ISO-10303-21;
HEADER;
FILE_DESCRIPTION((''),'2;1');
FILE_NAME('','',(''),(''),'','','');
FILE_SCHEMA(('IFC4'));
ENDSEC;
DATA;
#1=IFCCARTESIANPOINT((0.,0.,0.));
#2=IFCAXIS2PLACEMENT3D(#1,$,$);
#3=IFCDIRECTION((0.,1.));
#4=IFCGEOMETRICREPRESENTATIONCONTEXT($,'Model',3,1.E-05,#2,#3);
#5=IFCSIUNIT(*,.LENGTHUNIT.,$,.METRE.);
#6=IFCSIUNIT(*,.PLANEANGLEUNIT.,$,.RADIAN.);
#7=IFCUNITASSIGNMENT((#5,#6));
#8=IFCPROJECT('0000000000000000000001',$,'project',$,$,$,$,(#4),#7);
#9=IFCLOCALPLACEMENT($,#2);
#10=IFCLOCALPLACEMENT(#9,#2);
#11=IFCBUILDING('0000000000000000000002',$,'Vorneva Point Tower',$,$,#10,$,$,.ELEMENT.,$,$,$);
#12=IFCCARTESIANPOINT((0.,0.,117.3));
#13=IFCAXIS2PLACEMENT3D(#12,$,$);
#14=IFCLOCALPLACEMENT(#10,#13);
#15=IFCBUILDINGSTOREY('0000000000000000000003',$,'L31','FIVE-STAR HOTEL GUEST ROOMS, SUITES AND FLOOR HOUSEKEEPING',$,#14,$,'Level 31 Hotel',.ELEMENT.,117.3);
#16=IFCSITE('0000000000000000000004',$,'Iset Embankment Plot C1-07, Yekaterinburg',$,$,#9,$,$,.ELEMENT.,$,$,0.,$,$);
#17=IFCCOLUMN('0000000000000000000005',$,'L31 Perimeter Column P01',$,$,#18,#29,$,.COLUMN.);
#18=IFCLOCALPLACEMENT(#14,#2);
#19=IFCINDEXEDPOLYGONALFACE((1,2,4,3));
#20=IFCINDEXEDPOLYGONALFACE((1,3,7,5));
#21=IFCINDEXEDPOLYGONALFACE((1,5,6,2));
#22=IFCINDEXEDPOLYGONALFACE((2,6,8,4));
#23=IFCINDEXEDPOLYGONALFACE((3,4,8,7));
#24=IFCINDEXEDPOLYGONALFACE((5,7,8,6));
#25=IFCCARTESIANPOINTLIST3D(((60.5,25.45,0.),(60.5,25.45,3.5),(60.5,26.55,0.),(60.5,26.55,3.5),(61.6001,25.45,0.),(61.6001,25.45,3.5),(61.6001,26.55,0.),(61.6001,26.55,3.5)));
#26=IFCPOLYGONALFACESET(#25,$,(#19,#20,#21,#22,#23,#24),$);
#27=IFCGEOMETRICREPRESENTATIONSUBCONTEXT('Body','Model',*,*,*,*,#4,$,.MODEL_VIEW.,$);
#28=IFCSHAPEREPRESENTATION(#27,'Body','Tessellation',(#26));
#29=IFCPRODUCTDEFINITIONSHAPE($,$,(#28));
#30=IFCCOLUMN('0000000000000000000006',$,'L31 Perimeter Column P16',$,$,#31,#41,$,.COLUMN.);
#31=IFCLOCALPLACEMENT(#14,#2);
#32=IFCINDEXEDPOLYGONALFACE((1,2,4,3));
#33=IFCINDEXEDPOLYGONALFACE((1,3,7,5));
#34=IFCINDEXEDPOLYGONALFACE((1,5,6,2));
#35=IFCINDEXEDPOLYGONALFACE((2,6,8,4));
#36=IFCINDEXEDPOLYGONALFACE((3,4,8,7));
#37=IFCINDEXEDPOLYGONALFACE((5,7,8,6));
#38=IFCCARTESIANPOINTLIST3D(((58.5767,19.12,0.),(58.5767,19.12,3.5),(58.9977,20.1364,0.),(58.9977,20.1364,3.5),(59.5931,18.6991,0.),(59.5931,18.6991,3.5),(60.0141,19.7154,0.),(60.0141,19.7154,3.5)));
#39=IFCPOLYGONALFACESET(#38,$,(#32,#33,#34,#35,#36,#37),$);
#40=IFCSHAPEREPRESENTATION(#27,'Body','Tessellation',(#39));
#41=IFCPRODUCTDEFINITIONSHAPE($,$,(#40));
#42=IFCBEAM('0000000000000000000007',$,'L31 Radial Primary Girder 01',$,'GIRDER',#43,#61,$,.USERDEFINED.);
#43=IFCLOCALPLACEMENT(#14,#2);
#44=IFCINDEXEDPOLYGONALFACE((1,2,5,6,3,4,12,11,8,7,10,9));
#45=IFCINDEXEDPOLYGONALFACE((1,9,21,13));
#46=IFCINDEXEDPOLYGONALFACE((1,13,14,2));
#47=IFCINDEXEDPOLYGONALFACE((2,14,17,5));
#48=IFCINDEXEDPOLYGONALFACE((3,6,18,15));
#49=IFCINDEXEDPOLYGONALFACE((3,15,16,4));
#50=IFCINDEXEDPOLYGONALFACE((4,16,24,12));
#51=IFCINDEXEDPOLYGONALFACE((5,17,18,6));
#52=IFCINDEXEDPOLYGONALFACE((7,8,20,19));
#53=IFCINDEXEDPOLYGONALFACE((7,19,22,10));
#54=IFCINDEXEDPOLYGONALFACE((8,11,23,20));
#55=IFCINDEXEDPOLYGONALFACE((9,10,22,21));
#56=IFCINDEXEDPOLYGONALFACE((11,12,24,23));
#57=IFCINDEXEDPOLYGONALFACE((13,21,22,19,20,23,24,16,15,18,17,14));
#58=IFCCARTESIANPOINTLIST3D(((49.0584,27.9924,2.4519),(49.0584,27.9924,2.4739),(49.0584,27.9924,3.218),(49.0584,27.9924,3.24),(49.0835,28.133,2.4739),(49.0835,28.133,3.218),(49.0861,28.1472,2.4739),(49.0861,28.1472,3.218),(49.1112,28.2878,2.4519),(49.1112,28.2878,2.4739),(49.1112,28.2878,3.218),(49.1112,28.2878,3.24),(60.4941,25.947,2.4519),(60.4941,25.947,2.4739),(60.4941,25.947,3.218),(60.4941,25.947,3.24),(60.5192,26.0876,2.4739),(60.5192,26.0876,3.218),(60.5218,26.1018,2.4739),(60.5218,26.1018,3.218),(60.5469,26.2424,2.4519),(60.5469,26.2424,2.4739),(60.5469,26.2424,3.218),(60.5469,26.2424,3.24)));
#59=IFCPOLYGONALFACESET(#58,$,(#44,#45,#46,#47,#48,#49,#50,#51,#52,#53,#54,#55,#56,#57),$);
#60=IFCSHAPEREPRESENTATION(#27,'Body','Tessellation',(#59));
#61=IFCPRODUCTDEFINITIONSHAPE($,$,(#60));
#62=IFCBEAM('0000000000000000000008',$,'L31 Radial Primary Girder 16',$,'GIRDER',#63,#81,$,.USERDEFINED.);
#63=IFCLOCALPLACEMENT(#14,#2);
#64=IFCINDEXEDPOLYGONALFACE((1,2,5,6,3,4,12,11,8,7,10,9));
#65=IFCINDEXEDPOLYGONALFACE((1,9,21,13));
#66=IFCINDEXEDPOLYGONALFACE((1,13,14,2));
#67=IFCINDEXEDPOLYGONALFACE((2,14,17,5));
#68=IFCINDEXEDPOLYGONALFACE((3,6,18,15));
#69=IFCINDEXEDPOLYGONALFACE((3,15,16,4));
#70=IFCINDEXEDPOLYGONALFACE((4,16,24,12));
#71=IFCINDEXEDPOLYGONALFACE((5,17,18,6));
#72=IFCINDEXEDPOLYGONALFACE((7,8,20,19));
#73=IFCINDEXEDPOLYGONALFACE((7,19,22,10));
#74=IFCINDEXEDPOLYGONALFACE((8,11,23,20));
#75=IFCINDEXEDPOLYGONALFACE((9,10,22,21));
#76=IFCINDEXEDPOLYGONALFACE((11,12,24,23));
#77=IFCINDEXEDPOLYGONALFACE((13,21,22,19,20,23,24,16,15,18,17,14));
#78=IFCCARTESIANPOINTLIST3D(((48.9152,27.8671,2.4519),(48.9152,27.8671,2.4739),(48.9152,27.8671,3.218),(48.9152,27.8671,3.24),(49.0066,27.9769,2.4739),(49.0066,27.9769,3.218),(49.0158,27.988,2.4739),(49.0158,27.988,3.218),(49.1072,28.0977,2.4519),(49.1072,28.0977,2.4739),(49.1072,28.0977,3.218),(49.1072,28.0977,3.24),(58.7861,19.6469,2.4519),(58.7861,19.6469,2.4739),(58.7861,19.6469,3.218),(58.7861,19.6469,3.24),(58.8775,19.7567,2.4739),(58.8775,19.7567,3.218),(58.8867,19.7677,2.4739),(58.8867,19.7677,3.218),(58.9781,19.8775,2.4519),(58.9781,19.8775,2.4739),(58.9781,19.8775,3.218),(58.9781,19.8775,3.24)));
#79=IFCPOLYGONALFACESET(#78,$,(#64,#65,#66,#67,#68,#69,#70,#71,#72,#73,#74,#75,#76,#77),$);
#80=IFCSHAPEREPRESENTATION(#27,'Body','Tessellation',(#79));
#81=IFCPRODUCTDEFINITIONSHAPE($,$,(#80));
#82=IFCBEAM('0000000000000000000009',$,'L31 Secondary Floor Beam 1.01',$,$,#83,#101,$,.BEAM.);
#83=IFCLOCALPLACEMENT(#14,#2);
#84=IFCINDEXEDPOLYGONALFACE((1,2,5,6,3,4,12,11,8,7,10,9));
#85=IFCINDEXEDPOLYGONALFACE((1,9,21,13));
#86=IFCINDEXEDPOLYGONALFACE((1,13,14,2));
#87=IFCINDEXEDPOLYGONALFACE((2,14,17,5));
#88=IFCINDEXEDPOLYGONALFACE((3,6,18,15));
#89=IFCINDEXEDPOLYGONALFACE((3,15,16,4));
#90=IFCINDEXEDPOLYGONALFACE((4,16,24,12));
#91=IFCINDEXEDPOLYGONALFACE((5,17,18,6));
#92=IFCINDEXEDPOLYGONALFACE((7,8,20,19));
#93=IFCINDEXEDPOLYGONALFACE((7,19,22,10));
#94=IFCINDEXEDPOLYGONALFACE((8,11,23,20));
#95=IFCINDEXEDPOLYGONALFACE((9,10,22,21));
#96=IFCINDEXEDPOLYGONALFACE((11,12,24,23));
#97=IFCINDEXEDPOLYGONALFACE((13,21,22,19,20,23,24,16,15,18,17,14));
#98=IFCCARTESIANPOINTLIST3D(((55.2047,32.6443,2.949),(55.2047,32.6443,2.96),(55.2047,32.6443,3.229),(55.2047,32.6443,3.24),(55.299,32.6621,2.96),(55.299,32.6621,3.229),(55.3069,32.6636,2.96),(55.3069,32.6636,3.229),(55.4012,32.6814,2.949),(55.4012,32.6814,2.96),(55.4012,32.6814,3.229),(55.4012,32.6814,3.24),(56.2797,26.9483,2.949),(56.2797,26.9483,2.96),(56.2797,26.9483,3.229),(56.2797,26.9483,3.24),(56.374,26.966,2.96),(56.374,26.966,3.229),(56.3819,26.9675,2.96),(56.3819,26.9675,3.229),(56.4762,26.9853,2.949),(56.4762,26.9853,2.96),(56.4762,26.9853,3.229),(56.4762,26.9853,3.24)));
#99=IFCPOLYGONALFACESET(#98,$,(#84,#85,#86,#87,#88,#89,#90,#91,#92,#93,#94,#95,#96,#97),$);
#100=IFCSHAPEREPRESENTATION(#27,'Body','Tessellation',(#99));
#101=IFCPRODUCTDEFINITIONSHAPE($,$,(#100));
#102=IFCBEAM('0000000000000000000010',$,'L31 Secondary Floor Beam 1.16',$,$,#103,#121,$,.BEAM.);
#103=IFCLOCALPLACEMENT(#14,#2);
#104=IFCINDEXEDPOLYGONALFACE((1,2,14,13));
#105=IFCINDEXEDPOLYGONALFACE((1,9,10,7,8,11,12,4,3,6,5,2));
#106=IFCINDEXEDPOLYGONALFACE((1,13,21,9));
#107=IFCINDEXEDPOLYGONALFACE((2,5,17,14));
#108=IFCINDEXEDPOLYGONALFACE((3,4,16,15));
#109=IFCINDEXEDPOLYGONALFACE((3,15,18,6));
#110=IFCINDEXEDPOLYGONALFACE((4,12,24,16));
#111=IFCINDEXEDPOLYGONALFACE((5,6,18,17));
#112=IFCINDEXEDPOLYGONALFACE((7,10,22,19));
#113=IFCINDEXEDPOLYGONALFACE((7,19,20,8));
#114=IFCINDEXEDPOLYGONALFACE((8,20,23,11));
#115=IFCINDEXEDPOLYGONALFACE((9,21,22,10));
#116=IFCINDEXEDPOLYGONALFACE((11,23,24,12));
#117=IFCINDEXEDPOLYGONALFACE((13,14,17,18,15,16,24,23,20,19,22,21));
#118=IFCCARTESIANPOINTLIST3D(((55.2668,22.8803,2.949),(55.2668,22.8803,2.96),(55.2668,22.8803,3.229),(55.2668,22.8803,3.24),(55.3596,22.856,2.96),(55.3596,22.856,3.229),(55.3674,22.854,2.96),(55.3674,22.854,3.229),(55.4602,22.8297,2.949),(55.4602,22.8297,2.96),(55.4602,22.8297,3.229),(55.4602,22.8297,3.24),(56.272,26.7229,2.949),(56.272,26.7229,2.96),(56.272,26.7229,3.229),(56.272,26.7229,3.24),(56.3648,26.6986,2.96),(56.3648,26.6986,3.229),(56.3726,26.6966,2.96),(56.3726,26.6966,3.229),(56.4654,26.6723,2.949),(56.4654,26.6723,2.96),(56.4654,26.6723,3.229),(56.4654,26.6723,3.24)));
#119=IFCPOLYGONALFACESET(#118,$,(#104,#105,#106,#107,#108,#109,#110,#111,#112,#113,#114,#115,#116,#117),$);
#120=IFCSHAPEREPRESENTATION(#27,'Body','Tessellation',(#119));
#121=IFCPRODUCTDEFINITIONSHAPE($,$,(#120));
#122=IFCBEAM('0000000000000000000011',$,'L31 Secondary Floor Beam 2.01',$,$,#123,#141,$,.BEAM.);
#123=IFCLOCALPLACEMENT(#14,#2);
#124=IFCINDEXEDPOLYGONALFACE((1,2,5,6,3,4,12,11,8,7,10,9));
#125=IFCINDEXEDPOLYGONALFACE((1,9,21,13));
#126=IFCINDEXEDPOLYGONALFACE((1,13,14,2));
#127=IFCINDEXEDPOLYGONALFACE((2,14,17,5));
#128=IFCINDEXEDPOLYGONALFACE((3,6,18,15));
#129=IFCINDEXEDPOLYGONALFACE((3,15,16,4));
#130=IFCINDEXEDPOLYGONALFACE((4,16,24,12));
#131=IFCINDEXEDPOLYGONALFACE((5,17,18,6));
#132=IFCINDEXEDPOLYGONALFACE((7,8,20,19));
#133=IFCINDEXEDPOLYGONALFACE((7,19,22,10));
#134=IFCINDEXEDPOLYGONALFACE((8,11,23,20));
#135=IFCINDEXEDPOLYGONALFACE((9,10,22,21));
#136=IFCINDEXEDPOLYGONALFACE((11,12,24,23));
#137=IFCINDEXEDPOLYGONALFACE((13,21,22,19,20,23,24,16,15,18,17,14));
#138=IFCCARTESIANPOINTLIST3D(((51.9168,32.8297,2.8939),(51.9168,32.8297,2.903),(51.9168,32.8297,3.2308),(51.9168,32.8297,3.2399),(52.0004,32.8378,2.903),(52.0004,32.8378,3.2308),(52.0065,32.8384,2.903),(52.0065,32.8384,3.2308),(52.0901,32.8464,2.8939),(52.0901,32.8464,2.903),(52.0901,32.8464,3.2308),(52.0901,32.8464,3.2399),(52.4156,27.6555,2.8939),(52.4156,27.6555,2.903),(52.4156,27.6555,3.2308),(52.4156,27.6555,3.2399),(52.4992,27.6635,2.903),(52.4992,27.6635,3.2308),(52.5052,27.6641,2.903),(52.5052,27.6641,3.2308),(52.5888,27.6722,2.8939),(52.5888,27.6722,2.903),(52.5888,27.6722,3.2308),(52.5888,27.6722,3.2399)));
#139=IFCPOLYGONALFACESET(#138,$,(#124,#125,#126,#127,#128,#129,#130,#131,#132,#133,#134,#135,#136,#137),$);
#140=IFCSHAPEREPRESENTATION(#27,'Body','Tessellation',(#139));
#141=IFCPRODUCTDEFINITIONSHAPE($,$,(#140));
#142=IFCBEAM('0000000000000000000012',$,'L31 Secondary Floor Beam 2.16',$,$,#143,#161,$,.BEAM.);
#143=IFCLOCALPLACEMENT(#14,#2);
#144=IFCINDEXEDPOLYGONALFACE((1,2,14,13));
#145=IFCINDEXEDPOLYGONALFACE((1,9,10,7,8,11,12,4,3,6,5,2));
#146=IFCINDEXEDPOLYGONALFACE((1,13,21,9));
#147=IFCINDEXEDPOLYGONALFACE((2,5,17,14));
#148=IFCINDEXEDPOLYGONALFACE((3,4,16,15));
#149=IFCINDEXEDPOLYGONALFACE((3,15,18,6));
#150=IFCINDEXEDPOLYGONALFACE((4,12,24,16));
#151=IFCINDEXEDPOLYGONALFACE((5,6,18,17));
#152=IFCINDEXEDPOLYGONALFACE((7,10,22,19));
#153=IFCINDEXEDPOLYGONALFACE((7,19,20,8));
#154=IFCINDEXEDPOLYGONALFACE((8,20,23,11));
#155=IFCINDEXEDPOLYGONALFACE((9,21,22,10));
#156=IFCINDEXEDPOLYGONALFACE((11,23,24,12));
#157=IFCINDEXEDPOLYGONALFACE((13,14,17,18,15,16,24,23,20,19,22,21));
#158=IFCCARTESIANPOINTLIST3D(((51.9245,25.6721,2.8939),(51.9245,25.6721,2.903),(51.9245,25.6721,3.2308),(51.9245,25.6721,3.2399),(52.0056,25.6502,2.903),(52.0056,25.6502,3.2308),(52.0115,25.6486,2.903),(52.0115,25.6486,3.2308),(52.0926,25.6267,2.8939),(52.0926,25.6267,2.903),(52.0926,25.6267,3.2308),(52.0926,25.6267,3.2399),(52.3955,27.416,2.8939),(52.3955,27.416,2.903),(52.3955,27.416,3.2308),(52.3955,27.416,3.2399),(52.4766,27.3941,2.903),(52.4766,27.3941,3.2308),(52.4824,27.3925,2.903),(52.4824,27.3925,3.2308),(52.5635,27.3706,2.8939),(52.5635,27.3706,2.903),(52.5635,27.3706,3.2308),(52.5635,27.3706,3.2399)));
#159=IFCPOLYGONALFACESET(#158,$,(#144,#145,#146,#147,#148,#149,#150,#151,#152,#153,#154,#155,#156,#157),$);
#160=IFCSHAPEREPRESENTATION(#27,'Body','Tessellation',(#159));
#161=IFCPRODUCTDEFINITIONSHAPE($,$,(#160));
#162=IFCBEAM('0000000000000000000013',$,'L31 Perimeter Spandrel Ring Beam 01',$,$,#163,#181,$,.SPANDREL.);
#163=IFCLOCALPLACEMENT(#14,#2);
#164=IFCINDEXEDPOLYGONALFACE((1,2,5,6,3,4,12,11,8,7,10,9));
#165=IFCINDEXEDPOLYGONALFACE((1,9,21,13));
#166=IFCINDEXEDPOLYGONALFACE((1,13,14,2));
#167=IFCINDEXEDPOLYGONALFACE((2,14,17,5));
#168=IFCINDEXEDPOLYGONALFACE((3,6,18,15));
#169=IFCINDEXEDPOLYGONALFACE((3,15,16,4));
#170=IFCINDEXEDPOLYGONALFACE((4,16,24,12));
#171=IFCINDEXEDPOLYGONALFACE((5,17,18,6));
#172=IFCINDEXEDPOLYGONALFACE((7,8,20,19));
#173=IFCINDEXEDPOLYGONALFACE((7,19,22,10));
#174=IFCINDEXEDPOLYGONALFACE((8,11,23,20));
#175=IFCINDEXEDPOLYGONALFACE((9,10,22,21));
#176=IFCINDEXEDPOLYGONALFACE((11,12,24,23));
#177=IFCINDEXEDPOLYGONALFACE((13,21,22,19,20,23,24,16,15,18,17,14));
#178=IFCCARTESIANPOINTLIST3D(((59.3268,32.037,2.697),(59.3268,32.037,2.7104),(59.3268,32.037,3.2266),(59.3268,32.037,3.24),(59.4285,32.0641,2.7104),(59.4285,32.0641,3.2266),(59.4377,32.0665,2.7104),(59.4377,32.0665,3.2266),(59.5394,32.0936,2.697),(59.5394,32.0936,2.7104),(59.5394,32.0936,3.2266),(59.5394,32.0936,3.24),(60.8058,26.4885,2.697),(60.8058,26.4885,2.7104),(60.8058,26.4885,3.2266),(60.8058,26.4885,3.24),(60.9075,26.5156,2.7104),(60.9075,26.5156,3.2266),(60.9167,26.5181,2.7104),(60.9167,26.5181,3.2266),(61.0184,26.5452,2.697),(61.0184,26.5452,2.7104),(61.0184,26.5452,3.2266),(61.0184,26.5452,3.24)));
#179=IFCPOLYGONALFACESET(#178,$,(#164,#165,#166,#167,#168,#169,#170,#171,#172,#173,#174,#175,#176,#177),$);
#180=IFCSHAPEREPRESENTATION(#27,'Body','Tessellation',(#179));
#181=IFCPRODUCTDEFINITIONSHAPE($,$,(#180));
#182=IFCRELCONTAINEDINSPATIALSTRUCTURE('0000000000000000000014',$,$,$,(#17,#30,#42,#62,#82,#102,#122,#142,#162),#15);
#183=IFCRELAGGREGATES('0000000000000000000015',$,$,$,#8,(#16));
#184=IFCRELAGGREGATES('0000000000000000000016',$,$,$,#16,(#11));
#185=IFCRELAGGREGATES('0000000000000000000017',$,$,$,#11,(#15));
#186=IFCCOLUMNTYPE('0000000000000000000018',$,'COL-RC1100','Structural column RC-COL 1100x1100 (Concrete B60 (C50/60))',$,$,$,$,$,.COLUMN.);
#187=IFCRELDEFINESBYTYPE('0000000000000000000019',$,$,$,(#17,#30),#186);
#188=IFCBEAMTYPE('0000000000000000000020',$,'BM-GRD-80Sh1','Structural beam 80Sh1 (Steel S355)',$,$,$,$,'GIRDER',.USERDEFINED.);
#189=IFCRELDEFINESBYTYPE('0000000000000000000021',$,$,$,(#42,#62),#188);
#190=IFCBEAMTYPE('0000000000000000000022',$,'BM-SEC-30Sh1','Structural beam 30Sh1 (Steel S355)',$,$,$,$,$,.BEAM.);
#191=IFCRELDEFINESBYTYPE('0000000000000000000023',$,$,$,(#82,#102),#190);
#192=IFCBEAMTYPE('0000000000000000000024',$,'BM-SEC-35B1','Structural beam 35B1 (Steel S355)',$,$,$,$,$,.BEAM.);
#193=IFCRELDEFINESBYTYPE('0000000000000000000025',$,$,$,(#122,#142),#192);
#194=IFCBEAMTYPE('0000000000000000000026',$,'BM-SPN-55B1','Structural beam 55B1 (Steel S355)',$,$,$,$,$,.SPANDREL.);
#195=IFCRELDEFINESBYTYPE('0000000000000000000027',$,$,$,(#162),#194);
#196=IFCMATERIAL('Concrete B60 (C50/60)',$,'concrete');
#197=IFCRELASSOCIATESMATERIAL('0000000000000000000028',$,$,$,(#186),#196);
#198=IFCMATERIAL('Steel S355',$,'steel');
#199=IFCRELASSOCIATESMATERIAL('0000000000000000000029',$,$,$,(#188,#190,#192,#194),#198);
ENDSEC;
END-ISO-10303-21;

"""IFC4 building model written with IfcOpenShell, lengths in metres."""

from ifc_helpers import new_model, si_unit, direction, frame, origin, origin_2d, place, context, subcontext, project, spatial, rectangle, i_section, extrude, material, material_profile, profile_set, type_object, element, save


model = new_model("IFC4")

# Units and contexts
model_context = context("Model", 3, precision=1e-05, world=origin(), true_north=direction((0.0, 1.0)))
body_context = subcontext(model_context, "Body", "Model", "MODEL_VIEW")
ifc_project = project(units=[si_unit("LENGTHUNIT", "METRE"), si_unit("PLANEANGLEUNIT", "RADIAN")], contexts=[model_context])

# Site, building, storey
site_placement = place(None, origin())
site = spatial("IfcSite", under=ifc_project, at=site_placement, Name="Iset Embankment Plot C1-07, Yekaterinburg", CompositionType="ELEMENT", RefElevation=0.0)
building_placement = place(site_placement, origin())
building = spatial("IfcBuilding", under=site, at=building_placement, Name="Vorneva Point Tower", CompositionType="ELEMENT")
storey_placement = place(building_placement, frame((0.0, 0.0, 117.3)))
storey = spatial("IfcBuildingStorey", under=building, at=storey_placement, Name="L31", Description="FIVE-STAR HOTEL GUEST ROOMS, SUITES AND FLOOR HOUSEKEEPING", LongName="Level 31 Hotel", CompositionType="ELEMENT", Elevation=117.3)

# Columns
ifc_material_1 = material(Name="Concrete B60 (C50/60)", Category="concrete")
ifc_material_profile_1 = material_profile(ifc_material_1, rectangle(XDim=1.1001, YDim=1.1001, at=origin_2d()), Name="RC-COL 1100x1100")
ifc_profile_set_1 = profile_set([ifc_material_profile_1], Name="Concrete B60 (C50/60)")
column_type = type_object("IfcColumnType", Name="COL-RC1100", Description="Structural column RC-COL 1100x1100 (Concrete B60 (C50/60))", PredefinedType="COLUMN", material=ifc_profile_set_1)
for number, where, z_axis, x_axis, name in (
    (1, (61.05, 26.0, 0.0), (0.0, 0.0, 1.0), (1.0, 0.0, 0.0), "L31 Perimeter Column P01"),
    (2, (59.2954, 19.4177, 0.0), (0.0, 0.0, 1.0), (0.92388, -0.382683, 0.0), "L31 Perimeter Column P16"),
):
    element("IfcColumn", number, at=place(storey_placement, frame(where, z_axis=z_axis, x_axis=x_axis)), inside=storey, type_object=column_type, Name=name, PredefinedType="COLUMN", context=body_context, shape_type="SweptSolid", body=[
        extrude(rectangle(XDim=1.1001, YDim=1.1001, at=origin_2d()), origin(), (0.0, 0.0, 1.0), 3.5),
    ])

# Beams
ifc_material_2 = material(Name="Steel S355", Category="steel")
ifc_material_profile_2 = material_profile(ifc_material_2, i_section(OverallWidth=0.3, OverallDepth=0.7881, WebThickness=0.0144, FlangeThickness=0.022, at=origin_2d()), Name="80Sh1")
ifc_profile_set_2 = profile_set([ifc_material_profile_2], Name="Steel S355")
beam_type_1 = type_object("IfcBeamType", Name="BM-GRD-80Sh1", Description="Structural beam 80Sh1 (Steel S355)", ElementType="GIRDER", PredefinedType="USERDEFINED", material=ifc_profile_set_2)
beam_1_placement = place(storey_placement, frame((60.5205, 26.0947, 2.8459), z_axis=(-0.984378, 0.176066, 0.0), x_axis=(-0.176066, -0.984378, 0.0)))
element("IfcBeam", 3, at=beam_1_placement, inside=storey, type_object=beam_type_1, Name="L31 Radial Primary Girder 01", ObjectType="GIRDER", PredefinedType="USERDEFINED", context=body_context, shape_type="SweptSolid", body=[
    extrude(i_section(OverallWidth=0.3, OverallDepth=0.7881, WebThickness=0.0144, FlangeThickness=0.022, at=origin_2d()), origin(), (0.0, 0.0, 1.0), 11.6172),
])
beam_2_placement = place(storey_placement, frame((58.8821, 19.7622, 2.8459), z_axis=(-0.768432, 0.639932, 0.0), x_axis=(-0.639932, -0.768432, 0.0)))
element("IfcBeam", 4, at=beam_2_placement, inside=storey, type_object=beam_type_1, Name="L31 Radial Primary Girder 16", ObjectType="GIRDER", PredefinedType="USERDEFINED", context=body_context, shape_type="SweptSolid", body=[
    extrude(i_section(OverallWidth=0.3, OverallDepth=0.7881, WebThickness=0.0144, FlangeThickness=0.022, at=origin_2d()), origin(), (0.0, 0.0, 1.0), 12.8455),
])
ifc_material_profile_3 = material_profile(ifc_material_2, i_section(OverallWidth=0.2, OverallDepth=0.291, WebThickness=0.0081, FlangeThickness=0.011, at=origin_2d()), Name="30Sh1")
ifc_profile_set_3 = profile_set([ifc_material_profile_3], Name="Steel S355")
beam_type_2 = type_object("IfcBeamType", Name="BM-SEC-30Sh1", Description="Structural beam 30Sh1 (Steel S355)", PredefinedType="BEAM", material=ifc_profile_set_3)
beam_3_placement = place(storey_placement, frame((56.3779, 26.9668, 3.0945), z_axis=(-0.185445, 0.982655, 0.0), x_axis=(-0.982655, -0.185445, 0.0)))
element("IfcBeam", 5, at=beam_3_placement, inside=storey, type_object=beam_type_2, Name="L31 Secondary Floor Beam 1.01", PredefinedType="BEAM", context=body_context, shape_type="SweptSolid", body=[
    extrude(i_section(OverallWidth=0.2, OverallDepth=0.291, WebThickness=0.0081, FlangeThickness=0.011, at=origin_2d()), origin(), (0.0, 0.0, 1.0), 5.7966),
])
beam_4_placement = place(storey_placement, frame((55.3635, 22.855, 3.0945), z_axis=(0.253065, 0.967449, 0.0), x_axis=(-0.967449, 0.253065, 0.0)))
element("IfcBeam", 6, at=beam_4_placement, inside=storey, type_object=beam_type_2, Name="L31 Secondary Floor Beam 1.16", PredefinedType="BEAM", context=body_context, shape_type="SweptSolid", body=[
    extrude(i_section(OverallWidth=0.2, OverallDepth=0.291, WebThickness=0.0081, FlangeThickness=0.011, at=origin_2d()), origin(), (0.0, 0.0, 1.0), 3.9719),
])
ifc_material_profile_4 = material_profile(ifc_material_2, i_section(OverallWidth=0.1741, OverallDepth=0.3459, WebThickness=0.0061, FlangeThickness=0.009, at=origin_2d()), Name="35B1")
ifc_profile_set_4 = profile_set([ifc_material_profile_4], Name="Steel S355")
beam_type_3 = type_object("IfcBeamType", Name="BM-SEC-35B1", Description="Structural beam 35B1 (Steel S355)", PredefinedType="BEAM", material=ifc_profile_set_4)
beam_5_placement = place(storey_placement, frame((52.5022, 27.6638, 3.0669), z_axis=(-0.09595, 0.995386, 0.0), x_axis=(-0.995386, -0.09595, 0.0)))
element("IfcBeam", 7, at=beam_5_placement, inside=storey, type_object=beam_type_3, Name="L31 Secondary Floor Beam 2.01", PredefinedType="BEAM", context=body_context, shape_type="SweptSolid", body=[
    extrude(i_section(OverallWidth=0.1741, OverallDepth=0.3459, WebThickness=0.0061, FlangeThickness=0.009, at=origin_2d()), origin(), (0.0, 0.0, 1.0), 5.1982),
])
beam_6_placement = place(storey_placement, frame((52.0085, 25.6494, 3.0669), z_axis=(0.260715, 0.965416, 0.0), x_axis=(-0.965416, 0.260715, 0.0)))
element("IfcBeam", 8, at=beam_6_placement, inside=storey, type_object=beam_type_3, Name="L31 Secondary Floor Beam 2.16", PredefinedType="BEAM", context=body_context, shape_type="SweptSolid", body=[
    extrude(i_section(OverallWidth=0.1741, OverallDepth=0.3459, WebThickness=0.0061, FlangeThickness=0.009, at=origin_2d()), origin(), (0.0, 0.0, 1.0), 1.8064),
])
ifc_material_profile_5 = material_profile(ifc_material_2, i_section(OverallWidth=0.22, OverallDepth=0.543, WebThickness=0.0095, FlangeThickness=0.0134, at=origin_2d()), Name="55B1")
ifc_profile_set_5 = profile_set([ifc_material_profile_5], Name="Steel S355")
beam_type_4 = type_object("IfcBeamType", Name="BM-SPN-55B1", Description="Structural beam 55B1 (Steel S355)", PredefinedType="SPANDREL", material=ifc_profile_set_5)
for number, where, z_axis, x_axis, name in (
    (9, (60.9121, 26.5168, 2.9685), (-0.257573, 0.966259, 0.0), (-0.966259, -0.257573, 0.0), "L31 Perimeter Spandrel Ring Beam 01"),
):
    element("IfcBeam", number, at=place(storey_placement, frame(where, z_axis=z_axis, x_axis=x_axis)), inside=storey, type_object=beam_type_4, Name=name, PredefinedType="SPANDREL", context=body_context, shape_type="SweptSolid", body=[
        extrude(i_section(OverallWidth=0.22, OverallDepth=0.543, WebThickness=0.0095, FlangeThickness=0.0134, at=origin_2d()), origin(), (0.0, 0.0, 1.0), 5.7422),
    ])

save(model, "model.ifc")
